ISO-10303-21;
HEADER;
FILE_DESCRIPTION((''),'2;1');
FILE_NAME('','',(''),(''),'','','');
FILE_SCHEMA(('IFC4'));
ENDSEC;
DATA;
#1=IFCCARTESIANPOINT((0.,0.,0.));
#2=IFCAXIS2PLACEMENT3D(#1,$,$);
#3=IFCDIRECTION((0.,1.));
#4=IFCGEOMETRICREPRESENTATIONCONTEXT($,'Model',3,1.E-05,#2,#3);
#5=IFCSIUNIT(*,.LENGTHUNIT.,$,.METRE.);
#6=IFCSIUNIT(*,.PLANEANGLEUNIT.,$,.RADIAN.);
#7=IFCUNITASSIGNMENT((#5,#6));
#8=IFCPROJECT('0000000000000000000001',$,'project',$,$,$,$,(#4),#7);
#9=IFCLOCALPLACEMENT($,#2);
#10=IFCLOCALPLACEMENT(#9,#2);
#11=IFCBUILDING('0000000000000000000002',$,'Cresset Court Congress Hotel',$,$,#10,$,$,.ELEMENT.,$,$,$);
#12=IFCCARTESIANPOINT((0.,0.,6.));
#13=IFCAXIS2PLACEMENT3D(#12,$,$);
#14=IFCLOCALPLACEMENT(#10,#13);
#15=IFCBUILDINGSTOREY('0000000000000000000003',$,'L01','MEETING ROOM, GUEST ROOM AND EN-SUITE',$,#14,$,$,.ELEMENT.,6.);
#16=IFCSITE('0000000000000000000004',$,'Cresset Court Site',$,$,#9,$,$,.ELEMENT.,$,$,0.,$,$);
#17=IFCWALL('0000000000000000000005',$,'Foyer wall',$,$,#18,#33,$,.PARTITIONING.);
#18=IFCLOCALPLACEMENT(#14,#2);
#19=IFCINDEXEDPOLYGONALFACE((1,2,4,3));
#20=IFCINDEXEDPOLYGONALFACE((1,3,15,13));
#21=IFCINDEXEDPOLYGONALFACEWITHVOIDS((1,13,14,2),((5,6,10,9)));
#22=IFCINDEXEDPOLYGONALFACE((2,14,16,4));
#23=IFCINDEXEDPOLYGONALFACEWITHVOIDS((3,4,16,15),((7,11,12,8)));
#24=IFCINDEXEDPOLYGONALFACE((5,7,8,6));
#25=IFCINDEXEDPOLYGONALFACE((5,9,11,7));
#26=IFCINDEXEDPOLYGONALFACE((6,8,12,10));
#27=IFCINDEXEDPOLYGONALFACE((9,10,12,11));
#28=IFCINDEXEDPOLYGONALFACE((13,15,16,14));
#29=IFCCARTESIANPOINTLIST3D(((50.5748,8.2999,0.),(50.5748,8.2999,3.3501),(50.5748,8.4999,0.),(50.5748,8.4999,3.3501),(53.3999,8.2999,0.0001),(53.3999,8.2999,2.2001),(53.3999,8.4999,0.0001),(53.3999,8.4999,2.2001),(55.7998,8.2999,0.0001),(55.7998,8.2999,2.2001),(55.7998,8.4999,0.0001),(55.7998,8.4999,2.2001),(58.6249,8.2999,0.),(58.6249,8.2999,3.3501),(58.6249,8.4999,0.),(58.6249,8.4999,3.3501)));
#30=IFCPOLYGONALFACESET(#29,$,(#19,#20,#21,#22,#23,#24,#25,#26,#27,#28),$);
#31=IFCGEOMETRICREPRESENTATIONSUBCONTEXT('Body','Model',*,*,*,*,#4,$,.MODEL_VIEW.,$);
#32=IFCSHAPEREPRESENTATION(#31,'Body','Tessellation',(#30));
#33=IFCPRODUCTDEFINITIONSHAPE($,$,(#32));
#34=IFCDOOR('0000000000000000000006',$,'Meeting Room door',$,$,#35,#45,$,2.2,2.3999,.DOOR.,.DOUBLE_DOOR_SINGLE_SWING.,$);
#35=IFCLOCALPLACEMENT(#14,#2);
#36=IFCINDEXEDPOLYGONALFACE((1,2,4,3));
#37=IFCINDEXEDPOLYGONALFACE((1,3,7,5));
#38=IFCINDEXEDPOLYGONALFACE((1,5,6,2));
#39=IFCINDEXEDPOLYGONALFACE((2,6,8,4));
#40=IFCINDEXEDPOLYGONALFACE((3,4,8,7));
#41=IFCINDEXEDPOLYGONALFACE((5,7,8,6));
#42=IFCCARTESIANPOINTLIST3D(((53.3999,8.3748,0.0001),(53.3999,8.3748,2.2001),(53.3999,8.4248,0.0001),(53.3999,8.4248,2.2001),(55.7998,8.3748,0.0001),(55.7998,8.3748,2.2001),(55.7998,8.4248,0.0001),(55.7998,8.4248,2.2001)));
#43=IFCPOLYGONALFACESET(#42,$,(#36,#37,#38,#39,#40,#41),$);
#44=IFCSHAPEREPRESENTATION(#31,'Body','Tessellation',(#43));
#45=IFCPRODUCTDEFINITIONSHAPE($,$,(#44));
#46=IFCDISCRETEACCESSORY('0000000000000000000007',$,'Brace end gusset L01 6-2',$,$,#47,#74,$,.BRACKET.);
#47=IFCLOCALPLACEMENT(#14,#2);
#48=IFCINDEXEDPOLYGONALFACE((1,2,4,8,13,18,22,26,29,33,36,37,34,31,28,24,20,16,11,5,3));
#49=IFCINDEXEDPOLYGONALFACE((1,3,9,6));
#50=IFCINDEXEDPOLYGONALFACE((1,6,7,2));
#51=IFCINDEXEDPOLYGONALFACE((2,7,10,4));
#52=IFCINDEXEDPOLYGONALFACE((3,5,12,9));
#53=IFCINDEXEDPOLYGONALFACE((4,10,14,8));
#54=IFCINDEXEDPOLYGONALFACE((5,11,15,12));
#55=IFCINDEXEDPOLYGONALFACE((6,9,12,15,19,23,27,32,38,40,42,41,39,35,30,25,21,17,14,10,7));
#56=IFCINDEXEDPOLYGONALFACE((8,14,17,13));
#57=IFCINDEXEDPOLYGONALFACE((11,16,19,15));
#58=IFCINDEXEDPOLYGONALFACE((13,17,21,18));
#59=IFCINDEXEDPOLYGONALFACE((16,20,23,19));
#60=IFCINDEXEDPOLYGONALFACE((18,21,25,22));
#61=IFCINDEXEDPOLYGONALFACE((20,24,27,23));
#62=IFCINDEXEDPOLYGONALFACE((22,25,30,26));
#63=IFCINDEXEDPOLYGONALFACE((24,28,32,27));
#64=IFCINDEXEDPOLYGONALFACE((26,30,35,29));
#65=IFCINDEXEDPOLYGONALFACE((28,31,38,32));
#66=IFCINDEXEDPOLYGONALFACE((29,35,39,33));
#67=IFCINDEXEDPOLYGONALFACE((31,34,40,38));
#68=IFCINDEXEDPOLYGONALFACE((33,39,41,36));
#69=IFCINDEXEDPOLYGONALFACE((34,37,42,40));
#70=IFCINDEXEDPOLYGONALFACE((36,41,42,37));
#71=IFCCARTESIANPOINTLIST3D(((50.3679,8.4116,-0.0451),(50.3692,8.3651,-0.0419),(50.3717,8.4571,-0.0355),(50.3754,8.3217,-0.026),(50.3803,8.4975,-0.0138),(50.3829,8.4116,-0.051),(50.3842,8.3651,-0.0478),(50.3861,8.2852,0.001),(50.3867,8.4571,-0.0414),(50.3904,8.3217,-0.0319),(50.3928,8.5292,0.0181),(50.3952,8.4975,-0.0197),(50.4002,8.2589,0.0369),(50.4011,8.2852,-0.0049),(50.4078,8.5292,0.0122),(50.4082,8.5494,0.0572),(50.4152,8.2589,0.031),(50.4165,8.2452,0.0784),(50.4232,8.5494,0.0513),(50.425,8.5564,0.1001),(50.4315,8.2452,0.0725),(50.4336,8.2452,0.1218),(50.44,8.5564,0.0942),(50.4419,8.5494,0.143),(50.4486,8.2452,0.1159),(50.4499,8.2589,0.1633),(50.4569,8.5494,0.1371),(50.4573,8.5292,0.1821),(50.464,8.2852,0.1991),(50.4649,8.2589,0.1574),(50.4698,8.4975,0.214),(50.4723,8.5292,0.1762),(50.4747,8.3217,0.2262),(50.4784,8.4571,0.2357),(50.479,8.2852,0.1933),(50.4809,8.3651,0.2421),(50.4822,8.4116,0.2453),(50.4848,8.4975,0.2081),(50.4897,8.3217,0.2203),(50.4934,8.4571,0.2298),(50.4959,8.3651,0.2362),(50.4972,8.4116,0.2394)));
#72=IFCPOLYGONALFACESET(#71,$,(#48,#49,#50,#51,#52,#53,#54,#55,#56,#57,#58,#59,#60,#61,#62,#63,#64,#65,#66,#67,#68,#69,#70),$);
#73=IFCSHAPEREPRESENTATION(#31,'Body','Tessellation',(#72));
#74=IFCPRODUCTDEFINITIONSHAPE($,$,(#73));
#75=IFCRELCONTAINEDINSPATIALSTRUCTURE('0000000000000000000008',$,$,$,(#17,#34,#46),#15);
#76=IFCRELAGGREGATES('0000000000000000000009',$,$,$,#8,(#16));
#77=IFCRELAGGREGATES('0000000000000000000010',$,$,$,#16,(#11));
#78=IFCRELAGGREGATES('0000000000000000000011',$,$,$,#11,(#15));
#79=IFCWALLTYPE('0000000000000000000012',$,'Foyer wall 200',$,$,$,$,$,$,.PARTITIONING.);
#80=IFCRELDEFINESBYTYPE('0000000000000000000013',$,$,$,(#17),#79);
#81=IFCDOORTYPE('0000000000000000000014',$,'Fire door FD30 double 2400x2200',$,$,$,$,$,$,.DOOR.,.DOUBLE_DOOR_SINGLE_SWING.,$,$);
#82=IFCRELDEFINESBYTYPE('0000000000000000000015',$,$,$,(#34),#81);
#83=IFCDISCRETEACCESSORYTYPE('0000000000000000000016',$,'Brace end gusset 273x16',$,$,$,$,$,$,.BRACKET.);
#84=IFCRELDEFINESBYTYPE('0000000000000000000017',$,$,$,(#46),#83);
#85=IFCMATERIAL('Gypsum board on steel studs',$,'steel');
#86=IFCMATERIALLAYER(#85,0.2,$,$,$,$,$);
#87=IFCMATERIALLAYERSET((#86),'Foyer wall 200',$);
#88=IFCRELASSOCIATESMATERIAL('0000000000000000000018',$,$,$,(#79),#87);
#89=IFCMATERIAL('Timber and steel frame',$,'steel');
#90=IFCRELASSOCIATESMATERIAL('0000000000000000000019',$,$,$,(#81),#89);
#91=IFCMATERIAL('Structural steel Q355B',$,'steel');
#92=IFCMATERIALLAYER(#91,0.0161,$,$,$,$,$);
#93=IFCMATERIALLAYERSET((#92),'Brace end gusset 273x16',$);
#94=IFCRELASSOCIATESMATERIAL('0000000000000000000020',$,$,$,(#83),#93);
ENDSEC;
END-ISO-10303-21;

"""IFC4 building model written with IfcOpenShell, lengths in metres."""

from ifc_helpers import new_model, si_unit, direction, frame, frame_2d, origin, origin_2d, place, context, subcontext, project, spatial, rectangle, circle, extrude, material, layer, layer_set, type_object, element, fill, save


model = new_model("IFC4")

# Units and contexts
model_context = context("Model", 3, precision=1e-05, world=origin(), true_north=direction((0.0, 1.0)))
body_context = subcontext(model_context, "Body", "Model", "MODEL_VIEW")
ifc_project = project(units=[si_unit("LENGTHUNIT", "METRE"), si_unit("PLANEANGLEUNIT", "RADIAN")], contexts=[model_context])

# Site, building, storey
site_placement = place(None, origin())
site = spatial("IfcSite", under=ifc_project, at=site_placement, Name="Cresset Court Site", CompositionType="ELEMENT", RefElevation=0.0)
building_placement = place(site_placement, origin())
building = spatial("IfcBuilding", under=site, at=building_placement, Name="Cresset Court Congress Hotel", CompositionType="ELEMENT")
storey_placement = place(building_placement, frame((0.0, 0.0, 6.0)))
storey = spatial("IfcBuildingStorey", under=building, at=storey_placement, Name="L01", Description="MEETING ROOM, GUEST ROOM AND EN-SUITE", CompositionType="ELEMENT", Elevation=6.0)

# Wall, opening, door
ifc_material_1 = material(Name="Gypsum board on steel studs", Category="steel")
ifc_layer_1 = layer(ifc_material_1, 0.2)
ifc_layer_set_1 = layer_set([ifc_layer_1], Name="Foyer wall 200")
wall_type = type_object("IfcWallType", Name="Foyer wall 200", PredefinedType="PARTITIONING", material=ifc_layer_set_1)
wall_placement = place(storey_placement, frame((50.575, 8.3999, 0.0), z_axis=(0.0, 0.0, 1.0), x_axis=(1.0, 0.0, 0.0)))
wall = element("IfcWall", 1, at=wall_placement, inside=storey, type_object=wall_type, Name="Foyer wall", PredefinedType="PARTITIONING", context=body_context, shape_type="SweptSolid", body=[
    extrude(rectangle(XDim=8.05, YDim=0.2, at=frame_2d((4.0249, 0.0))), origin(), (0.0, 0.0, 1.0), 3.3501),
])
opening_placement = place(wall_placement, frame((2.825, 0.0, 0.0)))
opening = element("IfcOpeningElement", 2, at=opening_placement, cuts=wall, PredefinedType="OPENING", context=body_context, shape_type="SweptSolid", body=[
    extrude(rectangle(XDim=2.3999, YDim=2.2, at=frame_2d((1.2, 1.1001))), frame((0.0, 0.1099, 0.0), z_axis=(0.0, -1.0, 0.0), x_axis=(1.0, 0.0, 0.0)), (0.0, 0.0, 1.0), 0.22),
])
ifc_material_2 = material(Name="Timber and steel frame", Category="steel")
door_type = type_object("IfcDoorType", Name="Fire door FD30 double 2400x2200", OperationType="DOUBLE_DOOR_SINGLE_SWING", PredefinedType="DOOR", material=ifc_material_2)
door_placement = place(opening_placement, origin())
door = element("IfcDoor", 3, at=door_placement, inside=storey, type_object=door_type, Name="Meeting Room door", OperationType="DOUBLE_DOOR_SINGLE_SWING", OverallHeight=2.2, OverallWidth=2.3999, PredefinedType="DOOR", context=body_context, shape_type="SweptSolid", body=[
    extrude(rectangle(XDim=2.3999, YDim=2.2, at=frame_2d((1.2, 1.1001))), frame((0.0, 0.0249, 0.0), z_axis=(0.0, -1.0, 0.0), x_axis=(1.0, 0.0, 0.0)), (0.0, 0.0, 1.0), 0.05),
])
fill(opening, door)

# Discrete accessory
ifc_material_3 = material(Name="Structural steel Q355B", Category="steel")
ifc_layer_2 = layer(ifc_material_3, 0.0161)
ifc_layer_set_2 = layer_set([ifc_layer_2], Name="Brace end gusset 273x16")
discrete_accessory_type = type_object("IfcDiscreteAccessoryType", Name="Brace end gusset 273x16", PredefinedType="BRACKET", material=ifc_layer_set_2)
discrete_accessory_placement = place(storey_placement, frame((50.425, 8.3999, 0.1001), z_axis=(0.930566, 0.0, -0.366124), x_axis=(0.0, 1.0, 0.0)))
element("IfcDiscreteAccessory", 4, at=discrete_accessory_placement, inside=storey, type_object=discrete_accessory_type, Name="Brace end gusset L01 6-2", PredefinedType="BRACKET", context=body_context, shape_type="SweptSolid", body=[
    extrude(circle(Radius=0.1565, at=origin_2d()), origin(), (0.0, 0.0, 1.0), 0.0161),
])

save(model, "model.ifc")
